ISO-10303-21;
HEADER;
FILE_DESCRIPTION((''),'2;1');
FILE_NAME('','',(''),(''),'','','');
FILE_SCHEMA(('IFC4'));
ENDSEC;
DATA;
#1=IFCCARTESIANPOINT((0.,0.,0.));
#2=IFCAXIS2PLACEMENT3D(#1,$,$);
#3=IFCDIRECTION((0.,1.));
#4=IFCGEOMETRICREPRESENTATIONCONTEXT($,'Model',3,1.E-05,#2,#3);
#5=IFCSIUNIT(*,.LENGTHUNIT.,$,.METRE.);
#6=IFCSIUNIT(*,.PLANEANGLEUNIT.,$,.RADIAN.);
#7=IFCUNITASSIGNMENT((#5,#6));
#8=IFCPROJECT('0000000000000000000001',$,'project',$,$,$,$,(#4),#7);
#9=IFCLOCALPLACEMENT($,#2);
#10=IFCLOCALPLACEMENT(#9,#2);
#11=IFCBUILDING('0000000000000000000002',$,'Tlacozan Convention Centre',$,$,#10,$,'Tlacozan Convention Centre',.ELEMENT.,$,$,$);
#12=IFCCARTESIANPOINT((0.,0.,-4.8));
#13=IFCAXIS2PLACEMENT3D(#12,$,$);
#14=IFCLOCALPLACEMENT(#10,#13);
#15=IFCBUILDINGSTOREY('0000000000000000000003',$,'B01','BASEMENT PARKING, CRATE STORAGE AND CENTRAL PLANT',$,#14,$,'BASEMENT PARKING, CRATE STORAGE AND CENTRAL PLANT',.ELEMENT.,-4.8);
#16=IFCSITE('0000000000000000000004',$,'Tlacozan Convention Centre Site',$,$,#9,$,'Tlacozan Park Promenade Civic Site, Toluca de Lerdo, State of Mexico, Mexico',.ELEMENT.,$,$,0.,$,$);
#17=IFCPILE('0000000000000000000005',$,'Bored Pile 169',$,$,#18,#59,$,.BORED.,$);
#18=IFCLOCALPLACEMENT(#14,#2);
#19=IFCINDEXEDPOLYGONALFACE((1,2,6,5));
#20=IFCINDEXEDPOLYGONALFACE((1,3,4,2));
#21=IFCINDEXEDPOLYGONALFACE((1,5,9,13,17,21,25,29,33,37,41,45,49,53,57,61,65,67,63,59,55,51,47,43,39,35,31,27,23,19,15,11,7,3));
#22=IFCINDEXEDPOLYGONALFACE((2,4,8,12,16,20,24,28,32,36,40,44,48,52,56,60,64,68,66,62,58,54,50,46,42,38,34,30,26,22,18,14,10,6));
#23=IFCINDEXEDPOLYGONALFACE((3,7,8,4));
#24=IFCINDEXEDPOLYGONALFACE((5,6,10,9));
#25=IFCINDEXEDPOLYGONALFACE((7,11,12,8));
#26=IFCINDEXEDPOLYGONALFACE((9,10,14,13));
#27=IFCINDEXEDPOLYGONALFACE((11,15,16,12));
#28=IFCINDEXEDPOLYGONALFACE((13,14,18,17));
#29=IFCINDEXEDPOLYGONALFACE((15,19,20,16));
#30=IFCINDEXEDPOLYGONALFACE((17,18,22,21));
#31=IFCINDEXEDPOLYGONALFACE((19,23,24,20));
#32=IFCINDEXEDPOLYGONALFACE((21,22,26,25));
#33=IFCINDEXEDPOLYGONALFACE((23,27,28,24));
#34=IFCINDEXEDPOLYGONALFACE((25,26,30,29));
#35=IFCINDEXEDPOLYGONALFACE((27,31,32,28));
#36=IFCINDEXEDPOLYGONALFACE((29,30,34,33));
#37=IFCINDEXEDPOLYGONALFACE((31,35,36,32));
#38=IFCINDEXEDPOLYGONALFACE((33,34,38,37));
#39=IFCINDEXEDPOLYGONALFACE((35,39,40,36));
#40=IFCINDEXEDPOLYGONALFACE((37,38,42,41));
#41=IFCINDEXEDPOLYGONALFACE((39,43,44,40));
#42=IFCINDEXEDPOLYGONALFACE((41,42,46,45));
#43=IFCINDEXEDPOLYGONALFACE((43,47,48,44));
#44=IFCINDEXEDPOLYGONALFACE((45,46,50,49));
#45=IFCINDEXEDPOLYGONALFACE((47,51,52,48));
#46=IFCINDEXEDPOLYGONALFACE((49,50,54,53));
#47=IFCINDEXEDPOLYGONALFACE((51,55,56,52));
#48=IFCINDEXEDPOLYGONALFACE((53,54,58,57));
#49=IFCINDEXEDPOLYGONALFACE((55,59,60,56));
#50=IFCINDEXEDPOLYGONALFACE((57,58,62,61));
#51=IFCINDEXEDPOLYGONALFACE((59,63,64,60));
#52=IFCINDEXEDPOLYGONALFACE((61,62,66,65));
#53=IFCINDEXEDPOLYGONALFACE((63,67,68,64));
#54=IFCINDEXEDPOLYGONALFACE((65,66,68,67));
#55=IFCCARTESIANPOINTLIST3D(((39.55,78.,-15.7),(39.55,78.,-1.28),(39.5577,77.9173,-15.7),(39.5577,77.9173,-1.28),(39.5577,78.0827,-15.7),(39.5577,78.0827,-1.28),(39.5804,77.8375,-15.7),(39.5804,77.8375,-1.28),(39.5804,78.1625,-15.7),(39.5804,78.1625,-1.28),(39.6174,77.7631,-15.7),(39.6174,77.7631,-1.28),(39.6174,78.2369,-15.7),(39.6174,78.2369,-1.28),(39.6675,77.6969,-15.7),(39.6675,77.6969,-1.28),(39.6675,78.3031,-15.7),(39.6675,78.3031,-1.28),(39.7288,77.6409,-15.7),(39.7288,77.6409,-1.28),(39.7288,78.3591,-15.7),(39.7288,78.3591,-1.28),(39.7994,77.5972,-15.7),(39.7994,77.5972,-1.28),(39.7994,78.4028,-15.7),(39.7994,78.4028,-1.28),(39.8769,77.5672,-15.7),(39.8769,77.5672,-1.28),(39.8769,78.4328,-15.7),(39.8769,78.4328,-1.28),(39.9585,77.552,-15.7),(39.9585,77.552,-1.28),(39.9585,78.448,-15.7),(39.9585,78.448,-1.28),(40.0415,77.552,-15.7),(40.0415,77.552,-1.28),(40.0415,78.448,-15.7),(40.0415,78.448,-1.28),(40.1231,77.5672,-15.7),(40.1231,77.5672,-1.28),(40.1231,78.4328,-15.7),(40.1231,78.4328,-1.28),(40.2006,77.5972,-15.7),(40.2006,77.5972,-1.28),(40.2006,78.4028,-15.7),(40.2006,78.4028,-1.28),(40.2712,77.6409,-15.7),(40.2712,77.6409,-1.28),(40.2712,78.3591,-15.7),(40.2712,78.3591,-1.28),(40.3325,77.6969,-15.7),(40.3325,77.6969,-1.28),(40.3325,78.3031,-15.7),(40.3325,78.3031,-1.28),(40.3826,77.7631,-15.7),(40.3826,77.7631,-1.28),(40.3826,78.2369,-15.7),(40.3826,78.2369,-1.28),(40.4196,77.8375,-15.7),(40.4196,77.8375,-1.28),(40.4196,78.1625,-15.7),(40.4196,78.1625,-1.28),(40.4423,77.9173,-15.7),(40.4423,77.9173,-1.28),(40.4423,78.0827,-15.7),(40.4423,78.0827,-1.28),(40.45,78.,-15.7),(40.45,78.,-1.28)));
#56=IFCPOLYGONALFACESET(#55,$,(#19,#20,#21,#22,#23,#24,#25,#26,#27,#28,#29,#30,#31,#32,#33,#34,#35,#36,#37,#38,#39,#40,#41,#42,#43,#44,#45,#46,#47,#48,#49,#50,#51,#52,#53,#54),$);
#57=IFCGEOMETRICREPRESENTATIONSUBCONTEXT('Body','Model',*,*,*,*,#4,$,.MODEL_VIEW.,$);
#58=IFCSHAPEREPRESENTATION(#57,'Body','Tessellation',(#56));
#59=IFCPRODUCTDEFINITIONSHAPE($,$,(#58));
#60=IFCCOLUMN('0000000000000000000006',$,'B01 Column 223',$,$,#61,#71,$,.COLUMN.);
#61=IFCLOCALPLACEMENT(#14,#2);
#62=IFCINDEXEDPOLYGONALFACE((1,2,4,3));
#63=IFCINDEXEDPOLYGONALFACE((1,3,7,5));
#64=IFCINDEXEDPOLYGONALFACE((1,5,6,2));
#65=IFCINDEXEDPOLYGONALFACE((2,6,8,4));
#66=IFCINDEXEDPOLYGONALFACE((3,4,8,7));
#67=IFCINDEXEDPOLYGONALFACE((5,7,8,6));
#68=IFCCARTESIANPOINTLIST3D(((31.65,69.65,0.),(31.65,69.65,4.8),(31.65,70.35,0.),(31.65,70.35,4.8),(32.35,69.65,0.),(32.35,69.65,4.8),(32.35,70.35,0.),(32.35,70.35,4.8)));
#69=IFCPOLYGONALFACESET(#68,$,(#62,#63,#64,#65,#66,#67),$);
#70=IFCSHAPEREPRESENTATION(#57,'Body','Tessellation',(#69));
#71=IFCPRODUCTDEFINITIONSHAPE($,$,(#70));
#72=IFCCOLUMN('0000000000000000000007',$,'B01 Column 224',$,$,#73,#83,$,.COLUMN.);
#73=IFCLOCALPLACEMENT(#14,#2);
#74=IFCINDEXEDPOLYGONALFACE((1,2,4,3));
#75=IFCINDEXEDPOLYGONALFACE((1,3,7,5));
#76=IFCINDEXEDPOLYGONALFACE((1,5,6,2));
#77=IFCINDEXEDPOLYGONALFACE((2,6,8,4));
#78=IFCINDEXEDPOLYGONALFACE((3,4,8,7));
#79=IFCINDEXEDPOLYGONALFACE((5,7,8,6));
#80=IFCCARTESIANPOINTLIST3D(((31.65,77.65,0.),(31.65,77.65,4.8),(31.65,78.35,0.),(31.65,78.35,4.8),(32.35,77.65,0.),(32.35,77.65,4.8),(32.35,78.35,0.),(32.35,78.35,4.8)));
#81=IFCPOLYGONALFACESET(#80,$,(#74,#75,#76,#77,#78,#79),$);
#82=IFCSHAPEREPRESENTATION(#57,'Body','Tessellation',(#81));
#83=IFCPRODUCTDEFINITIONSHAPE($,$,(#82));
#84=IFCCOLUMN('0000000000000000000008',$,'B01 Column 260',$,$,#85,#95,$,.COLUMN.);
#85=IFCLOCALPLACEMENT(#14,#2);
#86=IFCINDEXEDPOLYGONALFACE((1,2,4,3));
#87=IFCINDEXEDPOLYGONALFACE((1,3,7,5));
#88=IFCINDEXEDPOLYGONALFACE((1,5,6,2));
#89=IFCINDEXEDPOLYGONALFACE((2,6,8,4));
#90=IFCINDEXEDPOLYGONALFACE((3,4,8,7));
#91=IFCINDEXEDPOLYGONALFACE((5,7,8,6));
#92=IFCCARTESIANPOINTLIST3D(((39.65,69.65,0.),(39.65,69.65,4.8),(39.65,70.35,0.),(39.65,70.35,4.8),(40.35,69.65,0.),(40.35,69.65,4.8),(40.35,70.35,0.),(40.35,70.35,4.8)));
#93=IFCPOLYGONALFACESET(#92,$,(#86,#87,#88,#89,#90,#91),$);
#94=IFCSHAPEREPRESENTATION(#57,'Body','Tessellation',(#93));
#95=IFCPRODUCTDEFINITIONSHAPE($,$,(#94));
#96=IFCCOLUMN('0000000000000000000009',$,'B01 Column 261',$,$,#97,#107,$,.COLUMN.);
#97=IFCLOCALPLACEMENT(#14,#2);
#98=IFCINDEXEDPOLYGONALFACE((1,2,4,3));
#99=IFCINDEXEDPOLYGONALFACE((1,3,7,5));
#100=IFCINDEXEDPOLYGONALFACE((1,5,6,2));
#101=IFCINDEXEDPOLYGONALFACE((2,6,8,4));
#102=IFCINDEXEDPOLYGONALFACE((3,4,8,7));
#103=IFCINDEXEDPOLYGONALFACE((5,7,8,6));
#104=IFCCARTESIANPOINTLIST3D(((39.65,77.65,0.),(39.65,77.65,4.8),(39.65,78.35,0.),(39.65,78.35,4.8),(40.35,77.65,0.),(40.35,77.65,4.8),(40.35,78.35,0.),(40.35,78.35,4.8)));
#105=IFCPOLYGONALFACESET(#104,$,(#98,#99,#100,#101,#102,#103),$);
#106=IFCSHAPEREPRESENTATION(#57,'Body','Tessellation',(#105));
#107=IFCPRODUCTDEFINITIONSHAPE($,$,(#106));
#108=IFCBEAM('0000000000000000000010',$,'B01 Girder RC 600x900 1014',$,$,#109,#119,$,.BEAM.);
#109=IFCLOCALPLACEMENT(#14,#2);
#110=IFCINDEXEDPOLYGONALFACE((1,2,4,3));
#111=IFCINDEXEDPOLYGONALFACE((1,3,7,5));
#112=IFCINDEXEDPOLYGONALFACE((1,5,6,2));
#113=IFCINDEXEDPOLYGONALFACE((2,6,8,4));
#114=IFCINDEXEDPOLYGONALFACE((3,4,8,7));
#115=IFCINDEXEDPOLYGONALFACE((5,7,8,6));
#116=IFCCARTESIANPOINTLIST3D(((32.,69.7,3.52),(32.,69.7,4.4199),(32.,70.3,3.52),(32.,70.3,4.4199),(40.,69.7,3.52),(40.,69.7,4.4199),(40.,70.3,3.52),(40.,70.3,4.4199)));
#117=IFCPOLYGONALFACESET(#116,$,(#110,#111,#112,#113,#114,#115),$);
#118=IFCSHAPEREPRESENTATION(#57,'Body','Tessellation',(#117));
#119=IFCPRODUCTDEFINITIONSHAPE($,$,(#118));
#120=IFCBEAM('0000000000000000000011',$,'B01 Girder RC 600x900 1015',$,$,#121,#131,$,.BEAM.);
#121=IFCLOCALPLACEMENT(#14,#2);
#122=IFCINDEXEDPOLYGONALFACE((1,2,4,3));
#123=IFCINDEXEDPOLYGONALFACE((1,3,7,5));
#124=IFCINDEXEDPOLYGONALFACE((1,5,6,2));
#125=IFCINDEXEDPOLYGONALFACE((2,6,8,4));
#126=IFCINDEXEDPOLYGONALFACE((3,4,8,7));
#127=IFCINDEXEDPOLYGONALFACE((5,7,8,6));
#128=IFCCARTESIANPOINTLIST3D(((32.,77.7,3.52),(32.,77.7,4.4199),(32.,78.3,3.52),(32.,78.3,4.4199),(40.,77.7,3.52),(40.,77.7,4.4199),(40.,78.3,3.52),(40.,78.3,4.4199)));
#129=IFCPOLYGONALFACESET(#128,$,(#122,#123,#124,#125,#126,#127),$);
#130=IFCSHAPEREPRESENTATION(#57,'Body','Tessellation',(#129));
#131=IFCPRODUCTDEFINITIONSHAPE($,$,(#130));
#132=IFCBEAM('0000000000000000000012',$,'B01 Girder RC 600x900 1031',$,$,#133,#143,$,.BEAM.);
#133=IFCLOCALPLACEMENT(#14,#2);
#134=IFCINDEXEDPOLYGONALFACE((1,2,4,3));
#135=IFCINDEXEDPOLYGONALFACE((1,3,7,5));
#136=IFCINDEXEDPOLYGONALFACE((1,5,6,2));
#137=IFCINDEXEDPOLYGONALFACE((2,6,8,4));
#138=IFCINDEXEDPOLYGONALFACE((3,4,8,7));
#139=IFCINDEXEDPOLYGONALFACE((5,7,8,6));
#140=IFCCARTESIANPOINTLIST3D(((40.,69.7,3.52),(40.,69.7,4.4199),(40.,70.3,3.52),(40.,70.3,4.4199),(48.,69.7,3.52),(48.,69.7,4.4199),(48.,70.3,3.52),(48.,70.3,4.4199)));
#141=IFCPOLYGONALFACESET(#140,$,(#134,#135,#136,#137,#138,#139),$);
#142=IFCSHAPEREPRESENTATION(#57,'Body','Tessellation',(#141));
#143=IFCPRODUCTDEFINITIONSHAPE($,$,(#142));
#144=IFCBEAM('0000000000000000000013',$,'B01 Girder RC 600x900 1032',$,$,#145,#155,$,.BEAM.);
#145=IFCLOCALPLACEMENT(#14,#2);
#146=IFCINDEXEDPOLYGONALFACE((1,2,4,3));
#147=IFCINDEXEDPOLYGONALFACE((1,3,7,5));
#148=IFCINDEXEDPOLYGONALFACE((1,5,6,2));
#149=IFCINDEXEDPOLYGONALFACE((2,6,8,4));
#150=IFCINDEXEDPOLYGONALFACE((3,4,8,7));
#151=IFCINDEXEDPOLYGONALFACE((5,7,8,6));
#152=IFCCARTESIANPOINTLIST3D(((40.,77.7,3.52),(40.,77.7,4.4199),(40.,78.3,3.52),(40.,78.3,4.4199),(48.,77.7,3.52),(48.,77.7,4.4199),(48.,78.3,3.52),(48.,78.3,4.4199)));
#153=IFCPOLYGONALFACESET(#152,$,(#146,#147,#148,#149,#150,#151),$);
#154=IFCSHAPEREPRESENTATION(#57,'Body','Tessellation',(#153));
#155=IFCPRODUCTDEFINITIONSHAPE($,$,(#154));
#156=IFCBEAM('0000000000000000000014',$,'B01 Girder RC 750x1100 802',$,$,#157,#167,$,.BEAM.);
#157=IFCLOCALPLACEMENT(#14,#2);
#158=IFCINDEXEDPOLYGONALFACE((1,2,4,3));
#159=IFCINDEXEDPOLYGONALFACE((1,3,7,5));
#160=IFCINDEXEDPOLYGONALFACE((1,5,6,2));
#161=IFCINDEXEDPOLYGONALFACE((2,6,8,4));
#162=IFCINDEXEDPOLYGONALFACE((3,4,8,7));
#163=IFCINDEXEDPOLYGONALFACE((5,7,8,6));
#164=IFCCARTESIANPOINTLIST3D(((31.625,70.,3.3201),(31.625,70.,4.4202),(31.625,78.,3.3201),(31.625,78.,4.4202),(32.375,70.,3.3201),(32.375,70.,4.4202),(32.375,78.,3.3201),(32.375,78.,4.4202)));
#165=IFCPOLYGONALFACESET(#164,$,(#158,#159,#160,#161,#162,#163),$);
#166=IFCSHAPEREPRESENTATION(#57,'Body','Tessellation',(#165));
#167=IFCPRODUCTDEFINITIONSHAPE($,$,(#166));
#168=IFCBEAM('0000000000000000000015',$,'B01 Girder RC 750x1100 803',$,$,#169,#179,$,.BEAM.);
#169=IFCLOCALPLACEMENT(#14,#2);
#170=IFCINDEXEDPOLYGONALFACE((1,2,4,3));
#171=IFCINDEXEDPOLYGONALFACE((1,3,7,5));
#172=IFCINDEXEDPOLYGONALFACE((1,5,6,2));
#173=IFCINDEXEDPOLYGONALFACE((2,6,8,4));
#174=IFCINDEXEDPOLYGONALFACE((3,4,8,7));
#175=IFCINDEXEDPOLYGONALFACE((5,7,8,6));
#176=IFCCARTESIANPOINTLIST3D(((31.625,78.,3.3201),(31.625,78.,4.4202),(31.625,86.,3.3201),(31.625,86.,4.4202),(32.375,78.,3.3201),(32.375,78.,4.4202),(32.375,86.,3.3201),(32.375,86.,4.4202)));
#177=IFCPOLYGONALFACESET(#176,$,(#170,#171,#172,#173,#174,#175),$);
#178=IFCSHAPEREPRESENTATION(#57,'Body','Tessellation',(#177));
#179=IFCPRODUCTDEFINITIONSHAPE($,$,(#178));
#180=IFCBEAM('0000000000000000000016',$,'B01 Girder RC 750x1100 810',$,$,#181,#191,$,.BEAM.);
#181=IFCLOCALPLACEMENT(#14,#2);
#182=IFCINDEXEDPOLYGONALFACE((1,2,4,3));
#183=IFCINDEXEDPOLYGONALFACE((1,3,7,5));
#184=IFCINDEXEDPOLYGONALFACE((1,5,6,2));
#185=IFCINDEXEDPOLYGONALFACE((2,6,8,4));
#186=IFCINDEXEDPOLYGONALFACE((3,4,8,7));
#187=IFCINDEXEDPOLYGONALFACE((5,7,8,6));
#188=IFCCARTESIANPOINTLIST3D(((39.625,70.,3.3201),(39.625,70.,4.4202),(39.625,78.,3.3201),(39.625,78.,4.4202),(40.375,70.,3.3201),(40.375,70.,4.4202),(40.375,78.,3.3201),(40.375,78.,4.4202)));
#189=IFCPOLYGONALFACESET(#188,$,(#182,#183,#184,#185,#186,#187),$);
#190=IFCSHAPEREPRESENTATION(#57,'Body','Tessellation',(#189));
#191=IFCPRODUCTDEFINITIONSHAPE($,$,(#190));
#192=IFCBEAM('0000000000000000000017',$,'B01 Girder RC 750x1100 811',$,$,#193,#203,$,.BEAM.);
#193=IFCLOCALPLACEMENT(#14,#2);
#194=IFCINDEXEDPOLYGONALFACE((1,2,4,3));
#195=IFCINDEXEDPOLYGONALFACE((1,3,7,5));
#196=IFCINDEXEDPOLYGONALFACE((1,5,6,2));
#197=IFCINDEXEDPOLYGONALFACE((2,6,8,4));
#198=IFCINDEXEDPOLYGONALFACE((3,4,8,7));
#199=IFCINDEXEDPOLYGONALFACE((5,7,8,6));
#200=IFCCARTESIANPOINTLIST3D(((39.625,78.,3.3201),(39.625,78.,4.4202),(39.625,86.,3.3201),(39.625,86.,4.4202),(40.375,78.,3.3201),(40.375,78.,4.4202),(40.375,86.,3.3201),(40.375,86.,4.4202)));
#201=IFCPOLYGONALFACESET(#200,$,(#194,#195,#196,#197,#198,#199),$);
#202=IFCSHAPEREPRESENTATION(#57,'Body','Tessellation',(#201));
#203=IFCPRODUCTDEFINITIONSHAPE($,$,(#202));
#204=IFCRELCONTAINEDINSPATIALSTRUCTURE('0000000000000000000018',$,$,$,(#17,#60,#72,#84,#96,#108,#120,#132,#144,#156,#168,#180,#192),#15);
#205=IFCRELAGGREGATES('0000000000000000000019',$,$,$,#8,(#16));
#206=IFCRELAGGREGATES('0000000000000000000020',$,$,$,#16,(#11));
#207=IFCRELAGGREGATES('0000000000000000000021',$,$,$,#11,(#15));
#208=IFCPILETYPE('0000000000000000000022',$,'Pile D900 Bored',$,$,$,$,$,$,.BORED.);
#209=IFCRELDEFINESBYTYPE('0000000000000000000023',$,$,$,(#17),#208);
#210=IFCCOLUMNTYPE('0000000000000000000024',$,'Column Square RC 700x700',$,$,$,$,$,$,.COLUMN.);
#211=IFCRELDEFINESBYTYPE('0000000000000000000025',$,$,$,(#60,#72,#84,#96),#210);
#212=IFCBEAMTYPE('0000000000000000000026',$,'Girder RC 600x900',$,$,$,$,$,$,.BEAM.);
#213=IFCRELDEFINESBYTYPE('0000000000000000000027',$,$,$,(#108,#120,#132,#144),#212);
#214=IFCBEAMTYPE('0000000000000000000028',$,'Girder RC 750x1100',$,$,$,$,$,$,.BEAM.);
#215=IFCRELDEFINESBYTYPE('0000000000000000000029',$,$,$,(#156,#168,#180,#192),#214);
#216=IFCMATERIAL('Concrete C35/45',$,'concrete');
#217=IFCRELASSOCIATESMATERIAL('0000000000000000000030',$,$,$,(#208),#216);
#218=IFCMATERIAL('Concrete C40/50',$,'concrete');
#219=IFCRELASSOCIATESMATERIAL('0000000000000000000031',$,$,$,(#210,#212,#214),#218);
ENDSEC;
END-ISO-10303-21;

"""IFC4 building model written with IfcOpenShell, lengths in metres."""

from ifc_helpers import new_model, si_unit, direction, frame, origin, origin_2d, place, context, subcontext, project, spatial, rectangle, circle, extrude, material, material_profile, profile_set, type_object, element, save


model = new_model("IFC4")

# Units and contexts
model_context = context("Model", 3, precision=1e-05, world=origin(), true_north=direction((0.0, 1.0)))
body_context = subcontext(model_context, "Body", "Model", "MODEL_VIEW")
ifc_project = project(units=[si_unit("LENGTHUNIT", "METRE"), si_unit("PLANEANGLEUNIT", "RADIAN")], contexts=[model_context])

# Site, building, storey
site_placement = place(None, origin())
site = spatial("IfcSite", under=ifc_project, at=site_placement, Name="Tlacozan Convention Centre Site", LongName="Tlacozan Park Promenade Civic Site, Toluca de Lerdo, State of Mexico, Mexico", CompositionType="ELEMENT", RefElevation=0.0)
building_placement = place(site_placement, origin())
building = spatial("IfcBuilding", under=site, at=building_placement, Name="Tlacozan Convention Centre", LongName="Tlacozan Convention Centre", CompositionType="ELEMENT")
storey_placement = place(building_placement, frame((0.0, 0.0, -4.8)))
storey = spatial("IfcBuildingStorey", under=building, at=storey_placement, Name="B01", Description="BASEMENT PARKING, CRATE STORAGE AND CENTRAL PLANT", LongName="BASEMENT PARKING, CRATE STORAGE AND CENTRAL PLANT", CompositionType="ELEMENT", Elevation=-4.8)

# Shared definitions
ifc_material_1 = material(Name="Concrete C35/45", Category="concrete")

# Pile
ifc_material_profile_1 = material_profile(ifc_material_1, circle(Radius=0.45, at=origin_2d()), Name="PILE D900")
ifc_profile_set_1 = profile_set([ifc_material_profile_1], Name="Concrete C35/45")
pile_type_1 = type_object("IfcPileType", Name="Pile D900 Bored", PredefinedType="BORED", material=ifc_profile_set_1)
for number, where, z_axis, x_axis, name in (
    (1, (40.0, 78.0, -1.28), (0.0, 0.0, -1.0), (1.0, 0.0, 0.0), "Bored Pile 169"),
):
    element("IfcPile", number, at=place(storey_placement, frame(where, z_axis=z_axis, x_axis=x_axis)), inside=storey, type_object=pile_type_1, Name=name, PredefinedType="BORED", context=body_context, shape_type="SweptSolid", body=[
        extrude(circle(Radius=0.45, at=origin_2d()), origin(), (0.0, 0.0, 1.0), 14.4199),
    ])

# Columns
ifc_material_2 = material(Name="Concrete C40/50", Category="concrete")
ifc_material_profile_2 = material_profile(ifc_material_2, rectangle(XDim=0.7, YDim=0.7, at=origin_2d()), Name="RC 700x700")
ifc_profile_set_2 = profile_set([ifc_material_profile_2], Name="Concrete C40/50")
column_type = type_object("IfcColumnType", Name="Column Square RC 700x700", PredefinedType="COLUMN", material=ifc_profile_set_2)
for number, where, z_axis, x_axis, name in (
    (2, (32.0, 70.0, 0.0), (0.0, 0.0, 1.0), (1.0, 0.0, 0.0), "B01 Column 223"),
    (3, (32.0, 78.0, 0.0), (0.0, 0.0, 1.0), (1.0, 0.0, 0.0), "B01 Column 224"),
    (4, (40.0, 70.0, 0.0), (0.0, 0.0, 1.0), (1.0, 0.0, 0.0), "B01 Column 260"),
    (5, (40.0, 78.0, 0.0), (0.0, 0.0, 1.0), (1.0, 0.0, 0.0), "B01 Column 261"),
):
    element("IfcColumn", number, at=place(storey_placement, frame(where, z_axis=z_axis, x_axis=x_axis)), inside=storey, type_object=column_type, Name=name, PredefinedType="COLUMN", context=body_context, shape_type="SweptSolid", body=[
        extrude(rectangle(XDim=0.7, YDim=0.7, at=origin_2d()), origin(), (0.0, 0.0, 1.0), 4.8),
    ])

# Beams
ifc_material_profile_3 = material_profile(ifc_material_2, rectangle(XDim=0.6001, YDim=0.8999, at=origin_2d()), Name="RC 600x900")
ifc_profile_set_3 = profile_set([ifc_material_profile_3], Name="Concrete C40/50")
beam_type_1 = type_object("IfcBeamType", Name="Girder RC 600x900", PredefinedType="BEAM", material=ifc_profile_set_3)
for number, where, z_axis, x_axis, name in (
    (6, (32.0, 70.0, 3.97), (1.0, 0.0, 0.0), (0.0, 1.0, 0.0), "B01 Girder RC 600x900 1014"),
    (7, (32.0, 78.0, 3.97), (1.0, 0.0, 0.0), (0.0, 1.0, 0.0), "B01 Girder RC 600x900 1015"),
    (8, (40.0, 70.0, 3.97), (1.0, 0.0, 0.0), (0.0, 1.0, 0.0), "B01 Girder RC 600x900 1031"),
    (9, (40.0, 78.0, 3.97), (1.0, 0.0, 0.0), (0.0, 1.0, 0.0), "B01 Girder RC 600x900 1032"),
):
    element("IfcBeam", number, at=place(storey_placement, frame(where, z_axis=z_axis, x_axis=x_axis)), inside=storey, type_object=beam_type_1, Name=name, PredefinedType="BEAM", context=body_context, shape_type="SweptSolid", body=[
        extrude(rectangle(XDim=0.6001, YDim=0.8999, at=origin_2d()), origin(), (0.0, 0.0, 1.0), 8.0),
    ])
ifc_material_profile_4 = material_profile(ifc_material_2, rectangle(XDim=0.75, YDim=1.1001, at=origin_2d()), Name="RC 750x1100")
ifc_profile_set_4 = profile_set([ifc_material_profile_4], Name="Concrete C40/50")
beam_type_2 = type_object("IfcBeamType", Name="Girder RC 750x1100", PredefinedType="BEAM", material=ifc_profile_set_4)
for number, where, z_axis, x_axis, name in (
    (10, (32.0, 70.0, 3.8701), (0.0, 1.0, 0.0), (-1.0, 0.0, 0.0), "B01 Girder RC 750x1100 802"),
    (11, (32.0, 78.0, 3.8701), (0.0, 1.0, 0.0), (-1.0, 0.0, 0.0), "B01 Girder RC 750x1100 803"),
    (12, (40.0, 70.0, 3.8701), (0.0, 1.0, 0.0), (-1.0, 0.0, 0.0), "B01 Girder RC 750x1100 810"),
    (13, (40.0, 78.0, 3.8701), (0.0, 1.0, 0.0), (-1.0, 0.0, 0.0), "B01 Girder RC 750x1100 811"),
):
    element("IfcBeam", number, at=place(storey_placement, frame(where, z_axis=z_axis, x_axis=x_axis)), inside=storey, type_object=beam_type_2, Name=name, PredefinedType="BEAM", context=body_context, shape_type="SweptSolid", body=[
        extrude(rectangle(XDim=0.75, YDim=1.1001, at=origin_2d()), origin(), (0.0, 0.0, 1.0), 8.0),
    ])

save(model, "model.ifc")
